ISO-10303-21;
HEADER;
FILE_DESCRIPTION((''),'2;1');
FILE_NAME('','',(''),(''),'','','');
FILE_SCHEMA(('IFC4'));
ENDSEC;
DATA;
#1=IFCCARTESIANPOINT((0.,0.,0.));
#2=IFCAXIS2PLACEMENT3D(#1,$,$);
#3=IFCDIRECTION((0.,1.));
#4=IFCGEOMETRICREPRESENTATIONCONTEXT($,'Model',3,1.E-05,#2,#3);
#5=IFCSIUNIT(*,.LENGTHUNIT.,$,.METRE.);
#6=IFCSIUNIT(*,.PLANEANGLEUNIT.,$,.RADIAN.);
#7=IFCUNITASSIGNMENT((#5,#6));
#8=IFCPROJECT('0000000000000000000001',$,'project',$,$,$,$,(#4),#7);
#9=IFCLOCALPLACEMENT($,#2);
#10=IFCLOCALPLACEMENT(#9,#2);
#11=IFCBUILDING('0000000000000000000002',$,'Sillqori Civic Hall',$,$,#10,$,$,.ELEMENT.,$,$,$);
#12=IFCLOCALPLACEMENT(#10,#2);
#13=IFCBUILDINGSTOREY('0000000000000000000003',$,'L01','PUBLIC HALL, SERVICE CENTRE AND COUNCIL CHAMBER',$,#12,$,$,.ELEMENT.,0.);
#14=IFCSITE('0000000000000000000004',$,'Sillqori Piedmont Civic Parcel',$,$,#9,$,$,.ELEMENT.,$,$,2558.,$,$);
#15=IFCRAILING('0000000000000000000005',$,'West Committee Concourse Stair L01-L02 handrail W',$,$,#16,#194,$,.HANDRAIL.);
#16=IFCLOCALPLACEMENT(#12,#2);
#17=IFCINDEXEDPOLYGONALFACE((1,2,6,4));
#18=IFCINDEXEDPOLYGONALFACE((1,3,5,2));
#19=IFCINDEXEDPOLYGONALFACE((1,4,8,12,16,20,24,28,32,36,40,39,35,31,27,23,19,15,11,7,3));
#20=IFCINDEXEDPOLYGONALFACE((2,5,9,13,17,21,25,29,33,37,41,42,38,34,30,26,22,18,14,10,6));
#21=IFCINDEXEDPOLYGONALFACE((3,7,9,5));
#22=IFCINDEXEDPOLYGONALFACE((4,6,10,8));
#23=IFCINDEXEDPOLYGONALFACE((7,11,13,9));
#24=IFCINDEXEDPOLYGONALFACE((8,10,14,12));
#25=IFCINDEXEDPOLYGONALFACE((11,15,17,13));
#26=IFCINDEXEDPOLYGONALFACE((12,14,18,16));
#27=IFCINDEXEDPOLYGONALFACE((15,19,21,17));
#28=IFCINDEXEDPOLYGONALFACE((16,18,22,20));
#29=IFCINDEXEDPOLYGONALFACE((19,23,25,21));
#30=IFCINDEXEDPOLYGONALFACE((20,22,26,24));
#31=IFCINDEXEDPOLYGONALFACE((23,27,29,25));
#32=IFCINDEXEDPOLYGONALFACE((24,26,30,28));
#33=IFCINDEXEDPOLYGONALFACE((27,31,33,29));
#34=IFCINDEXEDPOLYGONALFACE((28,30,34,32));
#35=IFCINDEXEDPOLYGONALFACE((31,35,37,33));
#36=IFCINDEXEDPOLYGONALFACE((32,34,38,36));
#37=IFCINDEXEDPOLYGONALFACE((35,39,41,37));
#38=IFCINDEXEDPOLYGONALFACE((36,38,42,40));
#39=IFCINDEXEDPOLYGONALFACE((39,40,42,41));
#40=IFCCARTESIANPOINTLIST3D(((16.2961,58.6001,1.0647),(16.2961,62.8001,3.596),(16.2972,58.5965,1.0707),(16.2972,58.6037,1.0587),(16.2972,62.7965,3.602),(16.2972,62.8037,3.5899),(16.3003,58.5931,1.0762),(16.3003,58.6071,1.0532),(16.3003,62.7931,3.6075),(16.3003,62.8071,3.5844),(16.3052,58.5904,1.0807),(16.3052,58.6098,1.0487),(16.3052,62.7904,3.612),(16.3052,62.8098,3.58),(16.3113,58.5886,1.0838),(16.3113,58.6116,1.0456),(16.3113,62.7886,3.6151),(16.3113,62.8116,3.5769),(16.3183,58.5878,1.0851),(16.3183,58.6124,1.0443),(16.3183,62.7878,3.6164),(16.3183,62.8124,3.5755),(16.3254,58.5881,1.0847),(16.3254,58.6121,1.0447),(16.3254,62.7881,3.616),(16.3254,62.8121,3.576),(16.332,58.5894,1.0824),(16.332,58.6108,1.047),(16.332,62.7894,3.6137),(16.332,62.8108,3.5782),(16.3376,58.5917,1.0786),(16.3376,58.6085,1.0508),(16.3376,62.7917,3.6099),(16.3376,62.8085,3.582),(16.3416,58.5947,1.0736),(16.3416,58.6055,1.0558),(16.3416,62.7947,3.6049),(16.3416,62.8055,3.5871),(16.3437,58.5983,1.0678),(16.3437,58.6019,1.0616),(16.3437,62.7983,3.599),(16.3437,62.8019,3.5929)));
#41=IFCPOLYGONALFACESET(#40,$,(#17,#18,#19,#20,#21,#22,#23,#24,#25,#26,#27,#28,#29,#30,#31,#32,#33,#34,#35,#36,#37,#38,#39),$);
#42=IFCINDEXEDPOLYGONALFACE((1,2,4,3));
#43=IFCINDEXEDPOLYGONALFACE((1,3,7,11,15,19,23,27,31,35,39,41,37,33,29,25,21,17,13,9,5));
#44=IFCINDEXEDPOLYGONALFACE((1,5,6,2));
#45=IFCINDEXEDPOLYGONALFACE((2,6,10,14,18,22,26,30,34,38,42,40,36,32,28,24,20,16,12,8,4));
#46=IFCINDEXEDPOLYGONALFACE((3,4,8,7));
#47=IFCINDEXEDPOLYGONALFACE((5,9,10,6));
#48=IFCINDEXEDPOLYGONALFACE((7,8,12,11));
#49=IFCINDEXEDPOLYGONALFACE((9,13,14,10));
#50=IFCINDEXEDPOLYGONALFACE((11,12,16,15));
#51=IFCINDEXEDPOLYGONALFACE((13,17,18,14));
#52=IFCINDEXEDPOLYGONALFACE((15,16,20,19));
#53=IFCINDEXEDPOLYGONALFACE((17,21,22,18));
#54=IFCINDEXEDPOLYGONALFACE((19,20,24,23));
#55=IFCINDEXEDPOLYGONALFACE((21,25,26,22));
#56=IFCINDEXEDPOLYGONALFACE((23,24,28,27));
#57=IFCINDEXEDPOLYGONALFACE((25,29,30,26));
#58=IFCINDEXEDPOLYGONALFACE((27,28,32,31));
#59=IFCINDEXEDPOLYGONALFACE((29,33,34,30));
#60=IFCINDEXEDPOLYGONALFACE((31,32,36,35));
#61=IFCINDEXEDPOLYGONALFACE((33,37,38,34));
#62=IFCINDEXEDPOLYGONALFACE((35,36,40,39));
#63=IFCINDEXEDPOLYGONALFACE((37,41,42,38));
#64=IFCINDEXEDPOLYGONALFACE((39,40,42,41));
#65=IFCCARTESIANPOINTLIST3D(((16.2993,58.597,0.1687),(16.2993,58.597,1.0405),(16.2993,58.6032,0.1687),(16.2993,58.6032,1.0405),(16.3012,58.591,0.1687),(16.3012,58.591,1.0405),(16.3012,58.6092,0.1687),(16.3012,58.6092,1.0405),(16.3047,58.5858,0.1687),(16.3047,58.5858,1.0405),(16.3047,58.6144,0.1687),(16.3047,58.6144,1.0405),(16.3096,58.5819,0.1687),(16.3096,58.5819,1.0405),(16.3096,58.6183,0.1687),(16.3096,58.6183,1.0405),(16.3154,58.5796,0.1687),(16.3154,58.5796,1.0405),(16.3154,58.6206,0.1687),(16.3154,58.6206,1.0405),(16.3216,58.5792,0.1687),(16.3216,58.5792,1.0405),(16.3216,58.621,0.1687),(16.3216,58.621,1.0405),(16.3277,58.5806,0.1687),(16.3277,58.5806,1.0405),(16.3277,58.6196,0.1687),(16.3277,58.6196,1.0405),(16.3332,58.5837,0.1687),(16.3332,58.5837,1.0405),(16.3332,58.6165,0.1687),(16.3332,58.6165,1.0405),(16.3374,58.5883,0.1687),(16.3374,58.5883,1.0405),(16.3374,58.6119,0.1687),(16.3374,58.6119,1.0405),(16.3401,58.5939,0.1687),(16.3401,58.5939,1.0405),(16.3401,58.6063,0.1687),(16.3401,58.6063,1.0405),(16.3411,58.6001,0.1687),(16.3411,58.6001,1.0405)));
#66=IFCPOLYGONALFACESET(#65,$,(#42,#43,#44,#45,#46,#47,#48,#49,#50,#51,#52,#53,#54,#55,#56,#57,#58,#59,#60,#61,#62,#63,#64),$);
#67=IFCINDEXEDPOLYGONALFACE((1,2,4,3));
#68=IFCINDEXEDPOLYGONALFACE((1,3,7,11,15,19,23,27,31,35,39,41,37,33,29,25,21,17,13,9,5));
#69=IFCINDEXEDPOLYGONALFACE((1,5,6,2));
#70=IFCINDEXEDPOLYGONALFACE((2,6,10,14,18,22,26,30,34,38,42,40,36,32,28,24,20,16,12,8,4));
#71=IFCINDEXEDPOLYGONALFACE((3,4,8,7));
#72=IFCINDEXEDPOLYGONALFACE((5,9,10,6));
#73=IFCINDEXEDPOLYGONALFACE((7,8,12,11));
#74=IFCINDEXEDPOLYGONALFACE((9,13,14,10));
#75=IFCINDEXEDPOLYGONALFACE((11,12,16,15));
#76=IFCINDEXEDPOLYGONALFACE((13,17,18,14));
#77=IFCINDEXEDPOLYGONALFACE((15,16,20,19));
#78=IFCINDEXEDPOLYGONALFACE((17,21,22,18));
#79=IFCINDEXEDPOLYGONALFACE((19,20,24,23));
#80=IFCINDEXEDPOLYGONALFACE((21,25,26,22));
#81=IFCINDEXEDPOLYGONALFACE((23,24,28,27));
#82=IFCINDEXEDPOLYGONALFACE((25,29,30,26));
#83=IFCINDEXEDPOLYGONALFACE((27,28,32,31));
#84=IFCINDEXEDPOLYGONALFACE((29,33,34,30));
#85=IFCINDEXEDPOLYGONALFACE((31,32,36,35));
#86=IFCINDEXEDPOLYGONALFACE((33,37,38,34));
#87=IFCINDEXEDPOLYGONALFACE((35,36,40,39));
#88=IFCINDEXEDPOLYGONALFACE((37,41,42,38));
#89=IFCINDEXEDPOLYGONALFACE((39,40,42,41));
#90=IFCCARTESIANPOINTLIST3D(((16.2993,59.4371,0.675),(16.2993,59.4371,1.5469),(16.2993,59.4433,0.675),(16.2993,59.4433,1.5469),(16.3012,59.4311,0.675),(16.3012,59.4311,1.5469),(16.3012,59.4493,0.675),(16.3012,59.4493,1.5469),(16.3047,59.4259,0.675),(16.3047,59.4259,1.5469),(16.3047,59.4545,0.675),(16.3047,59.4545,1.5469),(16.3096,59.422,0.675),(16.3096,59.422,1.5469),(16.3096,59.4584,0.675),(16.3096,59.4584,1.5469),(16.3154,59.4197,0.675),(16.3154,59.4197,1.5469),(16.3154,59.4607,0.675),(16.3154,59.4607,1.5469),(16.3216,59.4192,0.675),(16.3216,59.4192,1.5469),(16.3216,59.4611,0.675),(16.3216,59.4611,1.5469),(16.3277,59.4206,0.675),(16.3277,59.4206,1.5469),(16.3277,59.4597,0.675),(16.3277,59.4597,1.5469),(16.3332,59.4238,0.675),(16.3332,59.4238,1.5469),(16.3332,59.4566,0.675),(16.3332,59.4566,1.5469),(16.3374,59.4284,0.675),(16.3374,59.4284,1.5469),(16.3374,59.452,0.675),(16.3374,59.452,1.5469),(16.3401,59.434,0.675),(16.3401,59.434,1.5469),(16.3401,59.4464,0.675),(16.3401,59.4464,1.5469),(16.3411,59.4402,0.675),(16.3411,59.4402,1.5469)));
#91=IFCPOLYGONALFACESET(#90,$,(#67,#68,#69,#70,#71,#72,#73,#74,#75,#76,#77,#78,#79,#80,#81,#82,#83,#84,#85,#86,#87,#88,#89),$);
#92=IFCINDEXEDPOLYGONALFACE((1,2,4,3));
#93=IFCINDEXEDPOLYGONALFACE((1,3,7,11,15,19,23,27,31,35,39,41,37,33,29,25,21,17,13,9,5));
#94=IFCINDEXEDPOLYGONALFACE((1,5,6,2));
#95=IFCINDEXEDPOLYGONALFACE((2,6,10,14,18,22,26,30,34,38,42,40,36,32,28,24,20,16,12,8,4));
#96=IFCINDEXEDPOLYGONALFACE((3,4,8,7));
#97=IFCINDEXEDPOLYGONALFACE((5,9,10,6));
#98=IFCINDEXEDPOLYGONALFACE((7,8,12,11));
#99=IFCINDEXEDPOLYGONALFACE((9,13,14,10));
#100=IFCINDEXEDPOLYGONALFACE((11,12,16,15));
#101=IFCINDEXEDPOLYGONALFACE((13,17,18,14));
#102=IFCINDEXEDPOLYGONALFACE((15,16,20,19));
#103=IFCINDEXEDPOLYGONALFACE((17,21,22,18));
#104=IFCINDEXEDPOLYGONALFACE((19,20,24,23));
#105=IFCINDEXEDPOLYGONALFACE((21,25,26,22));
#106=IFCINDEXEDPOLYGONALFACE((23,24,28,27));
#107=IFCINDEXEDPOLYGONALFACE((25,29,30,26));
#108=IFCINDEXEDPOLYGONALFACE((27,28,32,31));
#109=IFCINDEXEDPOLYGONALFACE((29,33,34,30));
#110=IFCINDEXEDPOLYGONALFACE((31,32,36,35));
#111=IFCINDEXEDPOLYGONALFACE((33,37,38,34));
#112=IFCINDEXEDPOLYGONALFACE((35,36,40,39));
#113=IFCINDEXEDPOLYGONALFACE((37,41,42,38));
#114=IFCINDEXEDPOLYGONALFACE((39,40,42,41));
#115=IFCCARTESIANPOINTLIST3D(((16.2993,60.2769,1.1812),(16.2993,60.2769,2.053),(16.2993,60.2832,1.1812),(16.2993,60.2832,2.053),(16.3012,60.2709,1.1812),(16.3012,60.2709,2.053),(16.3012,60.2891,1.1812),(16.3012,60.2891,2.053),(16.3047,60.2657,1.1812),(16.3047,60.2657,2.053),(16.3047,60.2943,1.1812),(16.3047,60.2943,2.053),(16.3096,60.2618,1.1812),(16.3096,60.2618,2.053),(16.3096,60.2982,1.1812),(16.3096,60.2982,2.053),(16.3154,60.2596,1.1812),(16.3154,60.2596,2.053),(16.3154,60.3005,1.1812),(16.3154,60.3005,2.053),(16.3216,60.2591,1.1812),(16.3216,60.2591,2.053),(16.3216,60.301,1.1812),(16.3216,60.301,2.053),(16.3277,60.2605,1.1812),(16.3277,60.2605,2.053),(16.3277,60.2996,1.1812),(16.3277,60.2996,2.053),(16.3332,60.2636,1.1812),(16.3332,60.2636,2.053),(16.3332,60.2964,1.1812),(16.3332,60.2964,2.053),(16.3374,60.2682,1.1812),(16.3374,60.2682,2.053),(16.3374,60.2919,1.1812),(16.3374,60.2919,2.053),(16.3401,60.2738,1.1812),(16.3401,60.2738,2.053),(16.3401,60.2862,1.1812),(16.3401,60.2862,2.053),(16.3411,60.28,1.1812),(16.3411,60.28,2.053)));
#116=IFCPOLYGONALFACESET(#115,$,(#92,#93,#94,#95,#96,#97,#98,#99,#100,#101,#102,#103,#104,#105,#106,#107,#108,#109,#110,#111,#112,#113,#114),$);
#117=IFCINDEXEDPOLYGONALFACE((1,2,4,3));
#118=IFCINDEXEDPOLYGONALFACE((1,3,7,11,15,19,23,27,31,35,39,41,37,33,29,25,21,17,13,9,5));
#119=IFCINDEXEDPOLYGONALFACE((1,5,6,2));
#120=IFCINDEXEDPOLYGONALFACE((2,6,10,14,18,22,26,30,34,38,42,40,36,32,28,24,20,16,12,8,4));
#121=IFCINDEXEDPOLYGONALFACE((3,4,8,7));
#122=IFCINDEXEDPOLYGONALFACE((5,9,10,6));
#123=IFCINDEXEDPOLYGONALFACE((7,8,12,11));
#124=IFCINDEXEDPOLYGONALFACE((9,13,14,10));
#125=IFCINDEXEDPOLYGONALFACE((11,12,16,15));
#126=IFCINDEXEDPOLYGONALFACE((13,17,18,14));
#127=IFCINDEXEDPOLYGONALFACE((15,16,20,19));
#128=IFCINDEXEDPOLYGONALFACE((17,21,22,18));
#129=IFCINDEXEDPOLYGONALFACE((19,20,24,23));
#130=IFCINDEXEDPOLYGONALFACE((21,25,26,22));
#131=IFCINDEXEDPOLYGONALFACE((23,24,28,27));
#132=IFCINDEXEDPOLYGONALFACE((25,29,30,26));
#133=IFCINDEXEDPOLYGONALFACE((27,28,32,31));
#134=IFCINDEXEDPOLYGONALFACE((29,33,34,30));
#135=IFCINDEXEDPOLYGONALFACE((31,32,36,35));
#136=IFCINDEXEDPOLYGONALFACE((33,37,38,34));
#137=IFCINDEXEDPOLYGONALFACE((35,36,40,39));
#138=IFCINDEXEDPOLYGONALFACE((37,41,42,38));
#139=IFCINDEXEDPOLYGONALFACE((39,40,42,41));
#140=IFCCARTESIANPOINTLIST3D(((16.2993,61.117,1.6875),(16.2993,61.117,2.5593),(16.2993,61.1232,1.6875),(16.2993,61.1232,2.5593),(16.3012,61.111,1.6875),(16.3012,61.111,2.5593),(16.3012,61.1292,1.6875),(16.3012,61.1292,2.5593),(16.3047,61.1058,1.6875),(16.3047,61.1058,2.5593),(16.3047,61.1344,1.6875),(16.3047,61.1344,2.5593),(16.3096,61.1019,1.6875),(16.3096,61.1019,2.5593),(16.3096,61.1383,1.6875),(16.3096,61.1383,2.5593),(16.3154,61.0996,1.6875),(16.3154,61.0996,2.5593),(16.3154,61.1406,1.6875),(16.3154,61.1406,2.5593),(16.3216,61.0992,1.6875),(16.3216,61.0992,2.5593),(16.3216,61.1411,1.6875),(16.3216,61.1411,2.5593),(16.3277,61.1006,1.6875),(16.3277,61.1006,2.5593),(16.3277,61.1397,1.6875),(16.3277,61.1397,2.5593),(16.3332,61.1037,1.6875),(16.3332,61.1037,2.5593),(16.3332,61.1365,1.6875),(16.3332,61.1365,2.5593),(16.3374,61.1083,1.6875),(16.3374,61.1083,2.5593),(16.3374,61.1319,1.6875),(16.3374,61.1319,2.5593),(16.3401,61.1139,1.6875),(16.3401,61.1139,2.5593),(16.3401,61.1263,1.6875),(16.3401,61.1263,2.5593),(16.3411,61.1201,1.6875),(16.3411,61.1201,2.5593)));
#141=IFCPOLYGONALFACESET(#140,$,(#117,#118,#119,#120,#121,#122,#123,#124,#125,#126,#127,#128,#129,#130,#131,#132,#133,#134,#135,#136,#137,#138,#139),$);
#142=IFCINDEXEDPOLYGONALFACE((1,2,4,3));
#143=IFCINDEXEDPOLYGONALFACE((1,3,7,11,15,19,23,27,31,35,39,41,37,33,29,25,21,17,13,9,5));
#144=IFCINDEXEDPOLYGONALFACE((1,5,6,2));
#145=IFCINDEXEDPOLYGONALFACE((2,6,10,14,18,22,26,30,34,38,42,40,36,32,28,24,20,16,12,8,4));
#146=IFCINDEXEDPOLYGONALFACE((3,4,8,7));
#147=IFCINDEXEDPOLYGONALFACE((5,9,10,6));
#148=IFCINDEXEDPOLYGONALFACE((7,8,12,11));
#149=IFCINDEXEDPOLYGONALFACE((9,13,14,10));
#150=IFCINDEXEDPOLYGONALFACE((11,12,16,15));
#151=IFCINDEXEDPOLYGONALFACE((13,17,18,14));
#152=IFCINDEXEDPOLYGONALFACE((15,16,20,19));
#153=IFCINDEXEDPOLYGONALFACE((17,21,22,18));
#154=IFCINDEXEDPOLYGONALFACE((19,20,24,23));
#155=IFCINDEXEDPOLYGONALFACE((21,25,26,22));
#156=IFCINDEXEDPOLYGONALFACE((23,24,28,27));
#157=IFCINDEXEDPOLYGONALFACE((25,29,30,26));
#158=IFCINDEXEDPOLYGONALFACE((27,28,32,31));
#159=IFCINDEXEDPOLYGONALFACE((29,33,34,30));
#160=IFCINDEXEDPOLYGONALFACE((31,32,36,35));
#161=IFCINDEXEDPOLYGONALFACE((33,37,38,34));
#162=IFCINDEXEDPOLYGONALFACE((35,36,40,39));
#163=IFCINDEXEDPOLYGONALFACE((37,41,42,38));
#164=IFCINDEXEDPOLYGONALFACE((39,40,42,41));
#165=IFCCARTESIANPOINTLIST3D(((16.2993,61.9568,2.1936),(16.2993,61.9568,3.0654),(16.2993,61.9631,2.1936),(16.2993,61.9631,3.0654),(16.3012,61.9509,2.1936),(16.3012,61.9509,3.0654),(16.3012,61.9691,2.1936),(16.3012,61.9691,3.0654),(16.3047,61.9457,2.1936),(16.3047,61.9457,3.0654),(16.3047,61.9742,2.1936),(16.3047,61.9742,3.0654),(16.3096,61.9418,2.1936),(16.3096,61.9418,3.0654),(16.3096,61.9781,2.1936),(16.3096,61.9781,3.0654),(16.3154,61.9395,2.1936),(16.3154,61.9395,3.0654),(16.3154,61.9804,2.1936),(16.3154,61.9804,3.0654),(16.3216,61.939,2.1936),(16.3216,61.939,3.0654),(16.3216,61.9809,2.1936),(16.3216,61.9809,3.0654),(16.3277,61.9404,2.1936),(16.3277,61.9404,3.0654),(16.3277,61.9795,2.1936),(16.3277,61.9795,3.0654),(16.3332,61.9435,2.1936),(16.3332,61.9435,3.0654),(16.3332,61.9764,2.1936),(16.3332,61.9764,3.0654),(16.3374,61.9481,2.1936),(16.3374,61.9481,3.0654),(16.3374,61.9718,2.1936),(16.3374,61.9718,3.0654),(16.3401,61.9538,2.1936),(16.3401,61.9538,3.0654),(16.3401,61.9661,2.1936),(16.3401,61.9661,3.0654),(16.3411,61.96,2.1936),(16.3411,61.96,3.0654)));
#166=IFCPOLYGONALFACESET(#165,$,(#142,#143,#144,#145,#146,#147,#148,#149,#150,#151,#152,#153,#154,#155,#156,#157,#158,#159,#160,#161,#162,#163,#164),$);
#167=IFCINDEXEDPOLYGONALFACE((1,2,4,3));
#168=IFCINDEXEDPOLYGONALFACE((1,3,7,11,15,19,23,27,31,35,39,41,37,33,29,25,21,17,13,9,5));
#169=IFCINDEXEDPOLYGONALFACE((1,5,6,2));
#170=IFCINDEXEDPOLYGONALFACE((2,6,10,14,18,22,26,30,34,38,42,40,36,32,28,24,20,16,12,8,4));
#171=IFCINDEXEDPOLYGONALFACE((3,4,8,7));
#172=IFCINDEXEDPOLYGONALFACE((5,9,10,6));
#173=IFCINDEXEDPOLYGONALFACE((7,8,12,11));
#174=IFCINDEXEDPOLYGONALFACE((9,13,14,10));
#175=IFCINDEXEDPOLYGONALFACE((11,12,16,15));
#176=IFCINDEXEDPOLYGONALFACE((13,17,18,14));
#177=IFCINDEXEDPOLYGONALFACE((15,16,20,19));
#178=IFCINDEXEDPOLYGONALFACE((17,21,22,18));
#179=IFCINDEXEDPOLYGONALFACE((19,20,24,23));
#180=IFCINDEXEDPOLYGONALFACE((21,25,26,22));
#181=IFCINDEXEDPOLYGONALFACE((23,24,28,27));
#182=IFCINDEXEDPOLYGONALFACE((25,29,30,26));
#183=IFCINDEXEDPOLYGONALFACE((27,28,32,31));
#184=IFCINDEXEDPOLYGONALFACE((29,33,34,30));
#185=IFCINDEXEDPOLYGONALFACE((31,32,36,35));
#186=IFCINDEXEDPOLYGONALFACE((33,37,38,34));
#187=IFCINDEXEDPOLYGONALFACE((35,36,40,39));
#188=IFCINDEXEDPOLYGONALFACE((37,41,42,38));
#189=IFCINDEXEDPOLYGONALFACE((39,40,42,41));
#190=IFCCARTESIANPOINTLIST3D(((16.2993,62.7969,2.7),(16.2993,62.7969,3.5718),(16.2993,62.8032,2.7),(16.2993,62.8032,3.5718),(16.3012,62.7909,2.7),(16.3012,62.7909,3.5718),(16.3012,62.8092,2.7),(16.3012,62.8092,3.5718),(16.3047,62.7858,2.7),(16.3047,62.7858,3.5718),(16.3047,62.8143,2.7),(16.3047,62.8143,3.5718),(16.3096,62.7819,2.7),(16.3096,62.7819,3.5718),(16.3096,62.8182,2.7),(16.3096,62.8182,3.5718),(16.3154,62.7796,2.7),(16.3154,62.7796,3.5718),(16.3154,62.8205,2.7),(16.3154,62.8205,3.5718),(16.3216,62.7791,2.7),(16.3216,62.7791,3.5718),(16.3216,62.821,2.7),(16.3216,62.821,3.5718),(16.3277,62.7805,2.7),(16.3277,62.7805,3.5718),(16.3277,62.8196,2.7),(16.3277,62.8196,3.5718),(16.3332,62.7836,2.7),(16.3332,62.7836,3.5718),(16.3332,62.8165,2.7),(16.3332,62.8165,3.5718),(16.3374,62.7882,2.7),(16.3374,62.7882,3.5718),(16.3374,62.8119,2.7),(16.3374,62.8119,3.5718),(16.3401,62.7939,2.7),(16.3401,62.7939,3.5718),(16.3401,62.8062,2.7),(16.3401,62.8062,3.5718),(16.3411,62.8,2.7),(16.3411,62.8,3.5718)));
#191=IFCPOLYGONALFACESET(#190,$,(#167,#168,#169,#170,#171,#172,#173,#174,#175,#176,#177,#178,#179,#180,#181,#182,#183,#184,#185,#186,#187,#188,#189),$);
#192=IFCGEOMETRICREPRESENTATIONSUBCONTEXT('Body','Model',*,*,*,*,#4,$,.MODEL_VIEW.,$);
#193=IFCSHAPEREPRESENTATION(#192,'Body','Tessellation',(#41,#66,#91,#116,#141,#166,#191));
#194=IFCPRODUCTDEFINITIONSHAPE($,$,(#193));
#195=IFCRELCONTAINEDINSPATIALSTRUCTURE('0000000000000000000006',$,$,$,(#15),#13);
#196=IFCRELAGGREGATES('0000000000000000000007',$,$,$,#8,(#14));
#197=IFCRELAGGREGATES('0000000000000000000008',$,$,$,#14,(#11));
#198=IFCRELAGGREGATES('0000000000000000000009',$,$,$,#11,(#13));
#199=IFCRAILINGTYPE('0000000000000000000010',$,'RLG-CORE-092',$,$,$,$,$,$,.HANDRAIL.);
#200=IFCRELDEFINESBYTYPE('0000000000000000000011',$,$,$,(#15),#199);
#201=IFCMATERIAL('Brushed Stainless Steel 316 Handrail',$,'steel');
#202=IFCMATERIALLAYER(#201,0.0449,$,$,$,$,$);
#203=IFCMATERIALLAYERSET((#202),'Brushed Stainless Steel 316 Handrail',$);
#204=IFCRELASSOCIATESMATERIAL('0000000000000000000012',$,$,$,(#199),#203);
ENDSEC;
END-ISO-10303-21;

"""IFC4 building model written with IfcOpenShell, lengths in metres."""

from ifc_helpers import new_model, si_unit, direction, frame, origin, origin_2d, place, context, subcontext, project, spatial, circle, extrude, material, layer, layer_set, type_object, element, save


model = new_model("IFC4")

# Units and contexts
model_context = context("Model", 3, precision=1e-05, world=origin(), true_north=direction((0.0, 1.0)))
body_context = subcontext(model_context, "Body", "Model", "MODEL_VIEW")
ifc_project = project(units=[si_unit("LENGTHUNIT", "METRE"), si_unit("PLANEANGLEUNIT", "RADIAN")], contexts=[model_context])

# Site, building, storey
site_placement = place(None, origin())
site = spatial("IfcSite", under=ifc_project, at=site_placement, Name="Sillqori Piedmont Civic Parcel", CompositionType="ELEMENT", RefElevation=2558.0)
building_placement = place(site_placement, origin())
building = spatial("IfcBuilding", under=site, at=building_placement, Name="Sillqori Civic Hall", CompositionType="ELEMENT")
storey_placement = place(building_placement, origin())
storey = spatial("IfcBuildingStorey", under=building, at=storey_placement, Name="L01", Description="PUBLIC HALL, SERVICE CENTRE AND COUNCIL CHAMBER", CompositionType="ELEMENT", Elevation=0.0)

# Railing
ifc_material_1 = material(Name="Brushed Stainless Steel 316 Handrail", Category="steel")
ifc_layer_1 = layer(ifc_material_1, 0.0449)
ifc_layer_set_1 = layer_set([ifc_layer_1], Name="Brushed Stainless Steel 316 Handrail")
railing_type_1 = type_object("IfcRailingType", Name="RLG-CORE-092", PredefinedType="HANDRAIL", material=ifc_layer_set_1)
railing_1_placement = place(storey_placement, frame((16.3201, 58.6001, 0.1687)))
element("IfcRailing", 1, at=railing_1_placement, inside=storey, type_object=railing_type_1, Name="West Committee Concourse Stair L01-L02 handrail W", PredefinedType="HANDRAIL", context=body_context, shape_type="SweptSolid", body=[
    extrude(circle(Radius=0.0239, at=origin_2d()), frame((0.0, 0.0, 0.896), z_axis=(0.0, 0.856476, 0.516186), x_axis=(-1.0, 0.0, 0.0)), (0.0, 0.0, 1.0), 4.9038),
    extrude(circle(Radius=0.021, at=origin_2d()), origin(), (0.0, 0.0, 1.0), 0.8718),
    extrude(circle(Radius=0.021, at=origin_2d()), frame((0.0, 0.8401, 0.5063)), (0.0, 0.0, 1.0), 0.8718),
    extrude(circle(Radius=0.021, at=origin_2d()), frame((0.0, 1.6799, 1.0125)), (0.0, 0.0, 1.0), 0.8718),
    extrude(circle(Radius=0.021, at=origin_2d()), frame((0.0, 2.52, 1.5188)), (0.0, 0.0, 1.0), 0.8718),
    extrude(circle(Radius=0.021, at=origin_2d()), frame((0.0, 3.3599, 2.0249)), (0.0, 0.0, 1.0), 0.8718),
    extrude(circle(Radius=0.021, at=origin_2d()), frame((0.0, 4.2, 2.5312)), (0.0, 0.0, 1.0), 0.8718),
])

save(model, "model.ifc")
